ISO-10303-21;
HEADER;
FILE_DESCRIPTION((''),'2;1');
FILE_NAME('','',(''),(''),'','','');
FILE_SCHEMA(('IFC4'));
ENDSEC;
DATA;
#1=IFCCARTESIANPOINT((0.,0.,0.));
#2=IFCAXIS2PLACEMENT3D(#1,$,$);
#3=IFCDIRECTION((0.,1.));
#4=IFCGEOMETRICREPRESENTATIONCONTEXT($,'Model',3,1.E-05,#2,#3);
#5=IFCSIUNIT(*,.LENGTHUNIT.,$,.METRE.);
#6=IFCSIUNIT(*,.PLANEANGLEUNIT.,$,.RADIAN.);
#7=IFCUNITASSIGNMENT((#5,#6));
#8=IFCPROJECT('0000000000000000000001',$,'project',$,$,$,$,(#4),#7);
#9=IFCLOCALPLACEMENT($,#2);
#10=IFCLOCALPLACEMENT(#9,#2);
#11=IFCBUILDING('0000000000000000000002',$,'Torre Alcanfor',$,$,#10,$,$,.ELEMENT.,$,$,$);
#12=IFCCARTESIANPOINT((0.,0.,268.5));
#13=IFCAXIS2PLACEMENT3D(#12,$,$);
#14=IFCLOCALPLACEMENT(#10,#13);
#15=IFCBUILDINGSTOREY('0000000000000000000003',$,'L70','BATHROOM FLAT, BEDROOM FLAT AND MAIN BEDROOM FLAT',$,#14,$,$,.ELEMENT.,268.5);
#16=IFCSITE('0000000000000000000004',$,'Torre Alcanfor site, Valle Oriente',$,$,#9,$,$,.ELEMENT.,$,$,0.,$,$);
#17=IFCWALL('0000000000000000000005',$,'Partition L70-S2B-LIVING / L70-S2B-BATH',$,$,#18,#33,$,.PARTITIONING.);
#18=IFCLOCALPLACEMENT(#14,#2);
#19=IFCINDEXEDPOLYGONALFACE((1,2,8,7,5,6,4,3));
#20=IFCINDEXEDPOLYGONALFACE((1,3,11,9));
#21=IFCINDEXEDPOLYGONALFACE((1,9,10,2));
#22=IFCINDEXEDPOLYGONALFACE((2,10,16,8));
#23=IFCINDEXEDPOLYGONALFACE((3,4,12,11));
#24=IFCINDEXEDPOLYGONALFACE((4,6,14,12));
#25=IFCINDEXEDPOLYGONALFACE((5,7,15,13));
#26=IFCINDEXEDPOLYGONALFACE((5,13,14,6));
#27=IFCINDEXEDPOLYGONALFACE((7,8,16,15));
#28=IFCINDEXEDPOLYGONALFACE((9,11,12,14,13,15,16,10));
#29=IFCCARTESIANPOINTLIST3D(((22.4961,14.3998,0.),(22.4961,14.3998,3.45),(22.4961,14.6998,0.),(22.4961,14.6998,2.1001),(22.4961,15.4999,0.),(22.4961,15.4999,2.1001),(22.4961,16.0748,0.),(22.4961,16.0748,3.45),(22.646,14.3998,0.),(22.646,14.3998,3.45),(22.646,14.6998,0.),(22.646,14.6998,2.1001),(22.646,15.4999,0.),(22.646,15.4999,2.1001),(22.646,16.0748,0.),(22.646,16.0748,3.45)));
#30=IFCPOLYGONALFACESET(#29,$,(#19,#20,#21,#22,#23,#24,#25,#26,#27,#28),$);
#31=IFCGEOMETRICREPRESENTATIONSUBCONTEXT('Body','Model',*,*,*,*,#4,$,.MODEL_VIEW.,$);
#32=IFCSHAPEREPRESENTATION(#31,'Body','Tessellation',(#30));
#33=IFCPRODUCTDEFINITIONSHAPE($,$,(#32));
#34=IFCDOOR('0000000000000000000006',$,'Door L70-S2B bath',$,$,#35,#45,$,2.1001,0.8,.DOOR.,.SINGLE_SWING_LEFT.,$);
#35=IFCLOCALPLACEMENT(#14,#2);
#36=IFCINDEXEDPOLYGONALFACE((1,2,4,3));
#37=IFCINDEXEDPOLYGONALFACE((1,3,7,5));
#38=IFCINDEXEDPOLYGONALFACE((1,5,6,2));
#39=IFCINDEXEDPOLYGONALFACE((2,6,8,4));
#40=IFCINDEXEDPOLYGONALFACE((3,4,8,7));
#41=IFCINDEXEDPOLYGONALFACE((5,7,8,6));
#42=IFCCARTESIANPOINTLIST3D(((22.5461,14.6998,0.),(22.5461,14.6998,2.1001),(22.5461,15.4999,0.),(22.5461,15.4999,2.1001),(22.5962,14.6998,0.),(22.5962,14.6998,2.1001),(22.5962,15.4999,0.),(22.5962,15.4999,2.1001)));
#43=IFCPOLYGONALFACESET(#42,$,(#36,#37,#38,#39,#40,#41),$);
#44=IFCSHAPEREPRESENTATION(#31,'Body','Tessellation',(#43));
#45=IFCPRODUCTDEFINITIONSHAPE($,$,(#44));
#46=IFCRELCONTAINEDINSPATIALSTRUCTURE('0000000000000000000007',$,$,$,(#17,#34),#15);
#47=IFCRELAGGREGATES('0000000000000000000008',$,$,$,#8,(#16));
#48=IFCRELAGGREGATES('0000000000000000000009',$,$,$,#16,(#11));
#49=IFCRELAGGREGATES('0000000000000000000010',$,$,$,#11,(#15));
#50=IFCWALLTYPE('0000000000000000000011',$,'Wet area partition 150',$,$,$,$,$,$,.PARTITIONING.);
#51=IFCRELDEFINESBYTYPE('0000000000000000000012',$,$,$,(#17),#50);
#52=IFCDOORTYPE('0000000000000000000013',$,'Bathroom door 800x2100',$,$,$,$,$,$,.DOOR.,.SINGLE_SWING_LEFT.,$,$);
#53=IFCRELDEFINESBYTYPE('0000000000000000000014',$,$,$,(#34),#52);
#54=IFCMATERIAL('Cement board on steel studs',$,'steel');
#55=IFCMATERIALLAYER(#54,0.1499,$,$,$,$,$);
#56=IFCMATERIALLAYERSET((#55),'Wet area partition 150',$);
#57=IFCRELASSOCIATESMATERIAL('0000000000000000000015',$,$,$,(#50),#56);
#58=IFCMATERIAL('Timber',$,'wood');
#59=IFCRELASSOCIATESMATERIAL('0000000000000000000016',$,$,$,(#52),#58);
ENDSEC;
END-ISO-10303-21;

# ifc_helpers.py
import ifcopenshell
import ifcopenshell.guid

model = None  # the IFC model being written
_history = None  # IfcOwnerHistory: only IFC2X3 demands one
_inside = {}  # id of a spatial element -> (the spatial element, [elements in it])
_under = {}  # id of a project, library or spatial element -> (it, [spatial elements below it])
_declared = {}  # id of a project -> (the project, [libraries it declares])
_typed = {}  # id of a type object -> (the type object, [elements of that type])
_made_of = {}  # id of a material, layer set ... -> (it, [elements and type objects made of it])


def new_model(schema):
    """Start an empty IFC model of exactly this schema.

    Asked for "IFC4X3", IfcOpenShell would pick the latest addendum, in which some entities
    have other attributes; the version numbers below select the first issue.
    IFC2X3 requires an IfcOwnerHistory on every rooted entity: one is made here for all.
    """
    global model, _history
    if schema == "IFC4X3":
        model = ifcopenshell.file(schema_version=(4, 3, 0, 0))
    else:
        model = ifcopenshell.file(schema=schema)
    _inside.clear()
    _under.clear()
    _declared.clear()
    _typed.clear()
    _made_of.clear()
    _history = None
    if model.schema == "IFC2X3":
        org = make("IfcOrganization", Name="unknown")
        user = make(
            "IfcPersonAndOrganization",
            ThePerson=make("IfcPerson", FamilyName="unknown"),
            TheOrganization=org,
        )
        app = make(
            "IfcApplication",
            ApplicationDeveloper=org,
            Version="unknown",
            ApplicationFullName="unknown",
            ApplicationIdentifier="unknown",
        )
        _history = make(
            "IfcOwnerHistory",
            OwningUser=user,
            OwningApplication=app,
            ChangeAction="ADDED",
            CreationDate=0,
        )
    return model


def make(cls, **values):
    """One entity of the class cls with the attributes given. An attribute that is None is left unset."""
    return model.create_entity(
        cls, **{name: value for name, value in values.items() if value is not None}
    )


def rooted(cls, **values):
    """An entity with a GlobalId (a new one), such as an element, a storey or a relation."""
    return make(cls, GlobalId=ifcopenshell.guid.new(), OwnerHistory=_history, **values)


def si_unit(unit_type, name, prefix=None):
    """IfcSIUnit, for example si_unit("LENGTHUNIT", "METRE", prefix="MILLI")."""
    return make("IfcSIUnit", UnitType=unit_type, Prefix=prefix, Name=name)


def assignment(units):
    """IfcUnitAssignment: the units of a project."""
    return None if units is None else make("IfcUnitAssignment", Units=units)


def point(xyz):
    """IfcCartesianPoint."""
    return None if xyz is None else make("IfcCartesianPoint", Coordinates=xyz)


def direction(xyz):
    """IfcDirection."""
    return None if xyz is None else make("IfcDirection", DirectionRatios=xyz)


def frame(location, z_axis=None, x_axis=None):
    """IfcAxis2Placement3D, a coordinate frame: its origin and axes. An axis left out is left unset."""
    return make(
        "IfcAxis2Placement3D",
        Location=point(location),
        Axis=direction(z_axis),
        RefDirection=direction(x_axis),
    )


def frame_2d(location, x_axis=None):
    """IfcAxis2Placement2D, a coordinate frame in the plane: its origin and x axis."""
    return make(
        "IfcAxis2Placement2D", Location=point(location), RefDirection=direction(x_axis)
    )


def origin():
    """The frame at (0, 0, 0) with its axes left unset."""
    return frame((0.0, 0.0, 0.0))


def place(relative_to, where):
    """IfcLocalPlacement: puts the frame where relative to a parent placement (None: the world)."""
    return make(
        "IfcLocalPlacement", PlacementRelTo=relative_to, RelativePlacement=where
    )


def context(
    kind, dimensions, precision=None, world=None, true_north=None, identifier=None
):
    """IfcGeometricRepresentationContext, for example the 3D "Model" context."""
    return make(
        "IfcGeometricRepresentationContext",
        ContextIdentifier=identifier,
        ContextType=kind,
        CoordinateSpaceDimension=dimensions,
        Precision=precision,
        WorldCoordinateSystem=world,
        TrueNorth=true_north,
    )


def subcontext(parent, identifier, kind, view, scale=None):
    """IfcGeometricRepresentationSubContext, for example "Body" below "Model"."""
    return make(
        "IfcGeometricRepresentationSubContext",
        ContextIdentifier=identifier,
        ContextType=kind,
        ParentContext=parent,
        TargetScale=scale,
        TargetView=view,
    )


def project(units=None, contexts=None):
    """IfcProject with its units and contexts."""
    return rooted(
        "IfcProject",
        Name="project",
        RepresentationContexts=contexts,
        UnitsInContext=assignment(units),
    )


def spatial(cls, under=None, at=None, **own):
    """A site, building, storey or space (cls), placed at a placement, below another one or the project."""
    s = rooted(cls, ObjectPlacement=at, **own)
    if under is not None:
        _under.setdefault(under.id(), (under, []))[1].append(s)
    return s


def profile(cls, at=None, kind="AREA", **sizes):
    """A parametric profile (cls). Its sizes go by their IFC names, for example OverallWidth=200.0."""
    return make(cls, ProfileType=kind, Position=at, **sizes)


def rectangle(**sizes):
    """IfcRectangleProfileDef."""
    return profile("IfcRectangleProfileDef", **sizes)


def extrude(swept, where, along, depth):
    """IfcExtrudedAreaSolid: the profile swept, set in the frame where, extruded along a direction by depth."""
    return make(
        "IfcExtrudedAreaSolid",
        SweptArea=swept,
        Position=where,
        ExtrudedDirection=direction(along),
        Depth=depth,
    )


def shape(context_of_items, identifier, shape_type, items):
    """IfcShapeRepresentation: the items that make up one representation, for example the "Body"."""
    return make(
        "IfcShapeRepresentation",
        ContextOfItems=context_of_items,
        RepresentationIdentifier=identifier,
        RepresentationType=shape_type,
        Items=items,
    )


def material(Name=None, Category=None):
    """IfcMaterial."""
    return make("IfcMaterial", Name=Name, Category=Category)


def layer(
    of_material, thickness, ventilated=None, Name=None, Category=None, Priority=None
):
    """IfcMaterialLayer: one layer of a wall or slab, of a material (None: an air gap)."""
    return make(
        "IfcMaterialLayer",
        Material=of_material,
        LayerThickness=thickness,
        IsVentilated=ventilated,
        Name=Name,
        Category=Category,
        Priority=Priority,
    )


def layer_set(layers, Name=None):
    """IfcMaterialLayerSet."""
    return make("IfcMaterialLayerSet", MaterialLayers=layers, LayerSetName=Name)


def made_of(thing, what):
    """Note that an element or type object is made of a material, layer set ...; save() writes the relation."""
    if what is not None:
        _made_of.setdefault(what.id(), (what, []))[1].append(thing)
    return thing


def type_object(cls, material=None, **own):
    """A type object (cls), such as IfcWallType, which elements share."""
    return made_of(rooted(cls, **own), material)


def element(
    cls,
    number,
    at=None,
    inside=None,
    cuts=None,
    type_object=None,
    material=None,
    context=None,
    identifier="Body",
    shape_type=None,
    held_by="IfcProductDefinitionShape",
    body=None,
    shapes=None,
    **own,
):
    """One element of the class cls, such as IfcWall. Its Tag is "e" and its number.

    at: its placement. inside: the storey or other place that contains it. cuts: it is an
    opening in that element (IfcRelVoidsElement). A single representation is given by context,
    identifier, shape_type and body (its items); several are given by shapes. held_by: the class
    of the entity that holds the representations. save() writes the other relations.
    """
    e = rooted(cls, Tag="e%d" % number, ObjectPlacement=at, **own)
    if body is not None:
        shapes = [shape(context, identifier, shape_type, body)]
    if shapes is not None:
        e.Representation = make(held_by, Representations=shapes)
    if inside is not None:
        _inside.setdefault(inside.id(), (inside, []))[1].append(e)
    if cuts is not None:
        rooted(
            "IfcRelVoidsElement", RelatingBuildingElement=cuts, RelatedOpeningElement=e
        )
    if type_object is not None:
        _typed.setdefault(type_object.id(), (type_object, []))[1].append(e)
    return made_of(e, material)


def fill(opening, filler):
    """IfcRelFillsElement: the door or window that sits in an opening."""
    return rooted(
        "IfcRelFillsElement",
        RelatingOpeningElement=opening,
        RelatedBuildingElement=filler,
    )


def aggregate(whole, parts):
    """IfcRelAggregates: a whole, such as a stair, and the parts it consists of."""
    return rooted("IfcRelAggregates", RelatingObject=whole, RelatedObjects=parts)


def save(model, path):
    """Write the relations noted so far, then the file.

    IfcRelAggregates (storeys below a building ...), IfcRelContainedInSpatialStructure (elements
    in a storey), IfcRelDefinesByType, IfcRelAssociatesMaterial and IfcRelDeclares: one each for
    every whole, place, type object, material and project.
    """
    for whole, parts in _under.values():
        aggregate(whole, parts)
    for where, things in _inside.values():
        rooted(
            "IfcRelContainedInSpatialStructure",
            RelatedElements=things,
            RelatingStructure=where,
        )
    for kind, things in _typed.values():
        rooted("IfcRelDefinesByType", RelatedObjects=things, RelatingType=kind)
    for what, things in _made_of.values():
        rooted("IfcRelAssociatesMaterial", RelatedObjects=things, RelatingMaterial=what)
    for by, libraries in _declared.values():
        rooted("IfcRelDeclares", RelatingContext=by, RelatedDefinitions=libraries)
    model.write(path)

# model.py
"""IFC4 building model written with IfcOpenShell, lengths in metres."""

from ifc_helpers import new_model, si_unit, direction, frame, frame_2d, origin, place, context, subcontext, project, spatial, rectangle, extrude, material, layer, layer_set, type_object, element, fill, save


model = new_model("IFC4")

# Units and contexts
model_context = context("Model", 3, precision=1e-05, world=origin(), true_north=direction((0.0, 1.0)))
body_context = subcontext(model_context, "Body", "Model", "MODEL_VIEW")
ifc_project = project(units=[si_unit("LENGTHUNIT", "METRE"), si_unit("PLANEANGLEUNIT", "RADIAN")], contexts=[model_context])

# Site, building, storey
site_placement = place(None, origin())
site = spatial("IfcSite", under=ifc_project, at=site_placement, Name="Torre Alcanfor site, Valle Oriente", CompositionType="ELEMENT", RefElevation=0.0)
building_placement = place(site_placement, origin())
building = spatial("IfcBuilding", under=site, at=building_placement, Name="Torre Alcanfor", CompositionType="ELEMENT")
storey_placement = place(building_placement, frame((0.0, 0.0, 268.5)))
storey = spatial("IfcBuildingStorey", under=building, at=storey_placement, Name="L70", Description="BATHROOM FLAT, BEDROOM FLAT AND MAIN BEDROOM FLAT", CompositionType="ELEMENT", Elevation=268.5)

# Shared definitions
ifc_material_1 = material(Name="Cement board on steel studs", Category="steel")
ifc_layer_1 = layer(ifc_material_1, 0.1499)
ifc_layer_set_1 = layer_set([ifc_layer_1], Name="Wet area partition 150")
wall_type_1 = type_object("IfcWallType", Name="Wet area partition 150", PredefinedType="PARTITIONING", material=ifc_layer_set_1)

# Wall, opening, door
ifc_material_2 = material(Name="Timber", Category="wood")
door_type_1 = type_object("IfcDoorType", Name="Bathroom door 800x2100", OperationType="SINGLE_SWING_LEFT", PredefinedType="DOOR", material=ifc_material_2)
wall_1_placement = place(storey_placement, frame((22.571, 14.3999, 0.0), z_axis=(0.0, 0.0, 1.0), x_axis=(0.0, 1.0, 0.0)))
wall_1 = element("IfcWall", 1, at=wall_1_placement, inside=storey, type_object=wall_type_1, Name="Partition L70-S2B-LIVING / L70-S2B-BATH", PredefinedType="PARTITIONING", context=body_context, shape_type="SweptSolid", body=[
    extrude(rectangle(XDim=1.675, YDim=0.1499, at=frame_2d((0.8374, 0.0))), origin(), (0.0, 0.0, 1.0), 3.45),
])
opening_1_placement = place(wall_1_placement, frame((0.3, 0.0, 0.0)))
opening_1 = element("IfcOpeningElement", 2, at=opening_1_placement, cuts=wall_1, PredefinedType="OPENING", context=body_context, shape_type="SweptSolid", body=[
    extrude(rectangle(XDim=0.8, YDim=2.1001, at=frame_2d((0.3999, 1.05))), frame((0.0, 0.085, 0.0), z_axis=(0.0, -1.0, 0.0), x_axis=(1.0, 0.0, 0.0)), (0.0, 0.0, 1.0), 0.1699),
])
door_1_placement = place(opening_1_placement, origin())
door_1 = element("IfcDoor", 3, at=door_1_placement, inside=storey, type_object=door_type_1, Name="Door L70-S2B bath", OperationType="SINGLE_SWING_LEFT", OverallHeight=2.1001, OverallWidth=0.8, PredefinedType="DOOR", context=body_context, shape_type="SweptSolid", body=[
    extrude(rectangle(XDim=0.8, YDim=2.1001, at=frame_2d((0.3999, 1.05))), frame((0.0, 0.0249, 0.0), z_axis=(0.0, -1.0, 0.0), x_axis=(1.0, 0.0, 0.0)), (0.0, 0.0, 1.0), 0.05),
])
fill(opening_1, door_1)

save(model, "model.ifc")
